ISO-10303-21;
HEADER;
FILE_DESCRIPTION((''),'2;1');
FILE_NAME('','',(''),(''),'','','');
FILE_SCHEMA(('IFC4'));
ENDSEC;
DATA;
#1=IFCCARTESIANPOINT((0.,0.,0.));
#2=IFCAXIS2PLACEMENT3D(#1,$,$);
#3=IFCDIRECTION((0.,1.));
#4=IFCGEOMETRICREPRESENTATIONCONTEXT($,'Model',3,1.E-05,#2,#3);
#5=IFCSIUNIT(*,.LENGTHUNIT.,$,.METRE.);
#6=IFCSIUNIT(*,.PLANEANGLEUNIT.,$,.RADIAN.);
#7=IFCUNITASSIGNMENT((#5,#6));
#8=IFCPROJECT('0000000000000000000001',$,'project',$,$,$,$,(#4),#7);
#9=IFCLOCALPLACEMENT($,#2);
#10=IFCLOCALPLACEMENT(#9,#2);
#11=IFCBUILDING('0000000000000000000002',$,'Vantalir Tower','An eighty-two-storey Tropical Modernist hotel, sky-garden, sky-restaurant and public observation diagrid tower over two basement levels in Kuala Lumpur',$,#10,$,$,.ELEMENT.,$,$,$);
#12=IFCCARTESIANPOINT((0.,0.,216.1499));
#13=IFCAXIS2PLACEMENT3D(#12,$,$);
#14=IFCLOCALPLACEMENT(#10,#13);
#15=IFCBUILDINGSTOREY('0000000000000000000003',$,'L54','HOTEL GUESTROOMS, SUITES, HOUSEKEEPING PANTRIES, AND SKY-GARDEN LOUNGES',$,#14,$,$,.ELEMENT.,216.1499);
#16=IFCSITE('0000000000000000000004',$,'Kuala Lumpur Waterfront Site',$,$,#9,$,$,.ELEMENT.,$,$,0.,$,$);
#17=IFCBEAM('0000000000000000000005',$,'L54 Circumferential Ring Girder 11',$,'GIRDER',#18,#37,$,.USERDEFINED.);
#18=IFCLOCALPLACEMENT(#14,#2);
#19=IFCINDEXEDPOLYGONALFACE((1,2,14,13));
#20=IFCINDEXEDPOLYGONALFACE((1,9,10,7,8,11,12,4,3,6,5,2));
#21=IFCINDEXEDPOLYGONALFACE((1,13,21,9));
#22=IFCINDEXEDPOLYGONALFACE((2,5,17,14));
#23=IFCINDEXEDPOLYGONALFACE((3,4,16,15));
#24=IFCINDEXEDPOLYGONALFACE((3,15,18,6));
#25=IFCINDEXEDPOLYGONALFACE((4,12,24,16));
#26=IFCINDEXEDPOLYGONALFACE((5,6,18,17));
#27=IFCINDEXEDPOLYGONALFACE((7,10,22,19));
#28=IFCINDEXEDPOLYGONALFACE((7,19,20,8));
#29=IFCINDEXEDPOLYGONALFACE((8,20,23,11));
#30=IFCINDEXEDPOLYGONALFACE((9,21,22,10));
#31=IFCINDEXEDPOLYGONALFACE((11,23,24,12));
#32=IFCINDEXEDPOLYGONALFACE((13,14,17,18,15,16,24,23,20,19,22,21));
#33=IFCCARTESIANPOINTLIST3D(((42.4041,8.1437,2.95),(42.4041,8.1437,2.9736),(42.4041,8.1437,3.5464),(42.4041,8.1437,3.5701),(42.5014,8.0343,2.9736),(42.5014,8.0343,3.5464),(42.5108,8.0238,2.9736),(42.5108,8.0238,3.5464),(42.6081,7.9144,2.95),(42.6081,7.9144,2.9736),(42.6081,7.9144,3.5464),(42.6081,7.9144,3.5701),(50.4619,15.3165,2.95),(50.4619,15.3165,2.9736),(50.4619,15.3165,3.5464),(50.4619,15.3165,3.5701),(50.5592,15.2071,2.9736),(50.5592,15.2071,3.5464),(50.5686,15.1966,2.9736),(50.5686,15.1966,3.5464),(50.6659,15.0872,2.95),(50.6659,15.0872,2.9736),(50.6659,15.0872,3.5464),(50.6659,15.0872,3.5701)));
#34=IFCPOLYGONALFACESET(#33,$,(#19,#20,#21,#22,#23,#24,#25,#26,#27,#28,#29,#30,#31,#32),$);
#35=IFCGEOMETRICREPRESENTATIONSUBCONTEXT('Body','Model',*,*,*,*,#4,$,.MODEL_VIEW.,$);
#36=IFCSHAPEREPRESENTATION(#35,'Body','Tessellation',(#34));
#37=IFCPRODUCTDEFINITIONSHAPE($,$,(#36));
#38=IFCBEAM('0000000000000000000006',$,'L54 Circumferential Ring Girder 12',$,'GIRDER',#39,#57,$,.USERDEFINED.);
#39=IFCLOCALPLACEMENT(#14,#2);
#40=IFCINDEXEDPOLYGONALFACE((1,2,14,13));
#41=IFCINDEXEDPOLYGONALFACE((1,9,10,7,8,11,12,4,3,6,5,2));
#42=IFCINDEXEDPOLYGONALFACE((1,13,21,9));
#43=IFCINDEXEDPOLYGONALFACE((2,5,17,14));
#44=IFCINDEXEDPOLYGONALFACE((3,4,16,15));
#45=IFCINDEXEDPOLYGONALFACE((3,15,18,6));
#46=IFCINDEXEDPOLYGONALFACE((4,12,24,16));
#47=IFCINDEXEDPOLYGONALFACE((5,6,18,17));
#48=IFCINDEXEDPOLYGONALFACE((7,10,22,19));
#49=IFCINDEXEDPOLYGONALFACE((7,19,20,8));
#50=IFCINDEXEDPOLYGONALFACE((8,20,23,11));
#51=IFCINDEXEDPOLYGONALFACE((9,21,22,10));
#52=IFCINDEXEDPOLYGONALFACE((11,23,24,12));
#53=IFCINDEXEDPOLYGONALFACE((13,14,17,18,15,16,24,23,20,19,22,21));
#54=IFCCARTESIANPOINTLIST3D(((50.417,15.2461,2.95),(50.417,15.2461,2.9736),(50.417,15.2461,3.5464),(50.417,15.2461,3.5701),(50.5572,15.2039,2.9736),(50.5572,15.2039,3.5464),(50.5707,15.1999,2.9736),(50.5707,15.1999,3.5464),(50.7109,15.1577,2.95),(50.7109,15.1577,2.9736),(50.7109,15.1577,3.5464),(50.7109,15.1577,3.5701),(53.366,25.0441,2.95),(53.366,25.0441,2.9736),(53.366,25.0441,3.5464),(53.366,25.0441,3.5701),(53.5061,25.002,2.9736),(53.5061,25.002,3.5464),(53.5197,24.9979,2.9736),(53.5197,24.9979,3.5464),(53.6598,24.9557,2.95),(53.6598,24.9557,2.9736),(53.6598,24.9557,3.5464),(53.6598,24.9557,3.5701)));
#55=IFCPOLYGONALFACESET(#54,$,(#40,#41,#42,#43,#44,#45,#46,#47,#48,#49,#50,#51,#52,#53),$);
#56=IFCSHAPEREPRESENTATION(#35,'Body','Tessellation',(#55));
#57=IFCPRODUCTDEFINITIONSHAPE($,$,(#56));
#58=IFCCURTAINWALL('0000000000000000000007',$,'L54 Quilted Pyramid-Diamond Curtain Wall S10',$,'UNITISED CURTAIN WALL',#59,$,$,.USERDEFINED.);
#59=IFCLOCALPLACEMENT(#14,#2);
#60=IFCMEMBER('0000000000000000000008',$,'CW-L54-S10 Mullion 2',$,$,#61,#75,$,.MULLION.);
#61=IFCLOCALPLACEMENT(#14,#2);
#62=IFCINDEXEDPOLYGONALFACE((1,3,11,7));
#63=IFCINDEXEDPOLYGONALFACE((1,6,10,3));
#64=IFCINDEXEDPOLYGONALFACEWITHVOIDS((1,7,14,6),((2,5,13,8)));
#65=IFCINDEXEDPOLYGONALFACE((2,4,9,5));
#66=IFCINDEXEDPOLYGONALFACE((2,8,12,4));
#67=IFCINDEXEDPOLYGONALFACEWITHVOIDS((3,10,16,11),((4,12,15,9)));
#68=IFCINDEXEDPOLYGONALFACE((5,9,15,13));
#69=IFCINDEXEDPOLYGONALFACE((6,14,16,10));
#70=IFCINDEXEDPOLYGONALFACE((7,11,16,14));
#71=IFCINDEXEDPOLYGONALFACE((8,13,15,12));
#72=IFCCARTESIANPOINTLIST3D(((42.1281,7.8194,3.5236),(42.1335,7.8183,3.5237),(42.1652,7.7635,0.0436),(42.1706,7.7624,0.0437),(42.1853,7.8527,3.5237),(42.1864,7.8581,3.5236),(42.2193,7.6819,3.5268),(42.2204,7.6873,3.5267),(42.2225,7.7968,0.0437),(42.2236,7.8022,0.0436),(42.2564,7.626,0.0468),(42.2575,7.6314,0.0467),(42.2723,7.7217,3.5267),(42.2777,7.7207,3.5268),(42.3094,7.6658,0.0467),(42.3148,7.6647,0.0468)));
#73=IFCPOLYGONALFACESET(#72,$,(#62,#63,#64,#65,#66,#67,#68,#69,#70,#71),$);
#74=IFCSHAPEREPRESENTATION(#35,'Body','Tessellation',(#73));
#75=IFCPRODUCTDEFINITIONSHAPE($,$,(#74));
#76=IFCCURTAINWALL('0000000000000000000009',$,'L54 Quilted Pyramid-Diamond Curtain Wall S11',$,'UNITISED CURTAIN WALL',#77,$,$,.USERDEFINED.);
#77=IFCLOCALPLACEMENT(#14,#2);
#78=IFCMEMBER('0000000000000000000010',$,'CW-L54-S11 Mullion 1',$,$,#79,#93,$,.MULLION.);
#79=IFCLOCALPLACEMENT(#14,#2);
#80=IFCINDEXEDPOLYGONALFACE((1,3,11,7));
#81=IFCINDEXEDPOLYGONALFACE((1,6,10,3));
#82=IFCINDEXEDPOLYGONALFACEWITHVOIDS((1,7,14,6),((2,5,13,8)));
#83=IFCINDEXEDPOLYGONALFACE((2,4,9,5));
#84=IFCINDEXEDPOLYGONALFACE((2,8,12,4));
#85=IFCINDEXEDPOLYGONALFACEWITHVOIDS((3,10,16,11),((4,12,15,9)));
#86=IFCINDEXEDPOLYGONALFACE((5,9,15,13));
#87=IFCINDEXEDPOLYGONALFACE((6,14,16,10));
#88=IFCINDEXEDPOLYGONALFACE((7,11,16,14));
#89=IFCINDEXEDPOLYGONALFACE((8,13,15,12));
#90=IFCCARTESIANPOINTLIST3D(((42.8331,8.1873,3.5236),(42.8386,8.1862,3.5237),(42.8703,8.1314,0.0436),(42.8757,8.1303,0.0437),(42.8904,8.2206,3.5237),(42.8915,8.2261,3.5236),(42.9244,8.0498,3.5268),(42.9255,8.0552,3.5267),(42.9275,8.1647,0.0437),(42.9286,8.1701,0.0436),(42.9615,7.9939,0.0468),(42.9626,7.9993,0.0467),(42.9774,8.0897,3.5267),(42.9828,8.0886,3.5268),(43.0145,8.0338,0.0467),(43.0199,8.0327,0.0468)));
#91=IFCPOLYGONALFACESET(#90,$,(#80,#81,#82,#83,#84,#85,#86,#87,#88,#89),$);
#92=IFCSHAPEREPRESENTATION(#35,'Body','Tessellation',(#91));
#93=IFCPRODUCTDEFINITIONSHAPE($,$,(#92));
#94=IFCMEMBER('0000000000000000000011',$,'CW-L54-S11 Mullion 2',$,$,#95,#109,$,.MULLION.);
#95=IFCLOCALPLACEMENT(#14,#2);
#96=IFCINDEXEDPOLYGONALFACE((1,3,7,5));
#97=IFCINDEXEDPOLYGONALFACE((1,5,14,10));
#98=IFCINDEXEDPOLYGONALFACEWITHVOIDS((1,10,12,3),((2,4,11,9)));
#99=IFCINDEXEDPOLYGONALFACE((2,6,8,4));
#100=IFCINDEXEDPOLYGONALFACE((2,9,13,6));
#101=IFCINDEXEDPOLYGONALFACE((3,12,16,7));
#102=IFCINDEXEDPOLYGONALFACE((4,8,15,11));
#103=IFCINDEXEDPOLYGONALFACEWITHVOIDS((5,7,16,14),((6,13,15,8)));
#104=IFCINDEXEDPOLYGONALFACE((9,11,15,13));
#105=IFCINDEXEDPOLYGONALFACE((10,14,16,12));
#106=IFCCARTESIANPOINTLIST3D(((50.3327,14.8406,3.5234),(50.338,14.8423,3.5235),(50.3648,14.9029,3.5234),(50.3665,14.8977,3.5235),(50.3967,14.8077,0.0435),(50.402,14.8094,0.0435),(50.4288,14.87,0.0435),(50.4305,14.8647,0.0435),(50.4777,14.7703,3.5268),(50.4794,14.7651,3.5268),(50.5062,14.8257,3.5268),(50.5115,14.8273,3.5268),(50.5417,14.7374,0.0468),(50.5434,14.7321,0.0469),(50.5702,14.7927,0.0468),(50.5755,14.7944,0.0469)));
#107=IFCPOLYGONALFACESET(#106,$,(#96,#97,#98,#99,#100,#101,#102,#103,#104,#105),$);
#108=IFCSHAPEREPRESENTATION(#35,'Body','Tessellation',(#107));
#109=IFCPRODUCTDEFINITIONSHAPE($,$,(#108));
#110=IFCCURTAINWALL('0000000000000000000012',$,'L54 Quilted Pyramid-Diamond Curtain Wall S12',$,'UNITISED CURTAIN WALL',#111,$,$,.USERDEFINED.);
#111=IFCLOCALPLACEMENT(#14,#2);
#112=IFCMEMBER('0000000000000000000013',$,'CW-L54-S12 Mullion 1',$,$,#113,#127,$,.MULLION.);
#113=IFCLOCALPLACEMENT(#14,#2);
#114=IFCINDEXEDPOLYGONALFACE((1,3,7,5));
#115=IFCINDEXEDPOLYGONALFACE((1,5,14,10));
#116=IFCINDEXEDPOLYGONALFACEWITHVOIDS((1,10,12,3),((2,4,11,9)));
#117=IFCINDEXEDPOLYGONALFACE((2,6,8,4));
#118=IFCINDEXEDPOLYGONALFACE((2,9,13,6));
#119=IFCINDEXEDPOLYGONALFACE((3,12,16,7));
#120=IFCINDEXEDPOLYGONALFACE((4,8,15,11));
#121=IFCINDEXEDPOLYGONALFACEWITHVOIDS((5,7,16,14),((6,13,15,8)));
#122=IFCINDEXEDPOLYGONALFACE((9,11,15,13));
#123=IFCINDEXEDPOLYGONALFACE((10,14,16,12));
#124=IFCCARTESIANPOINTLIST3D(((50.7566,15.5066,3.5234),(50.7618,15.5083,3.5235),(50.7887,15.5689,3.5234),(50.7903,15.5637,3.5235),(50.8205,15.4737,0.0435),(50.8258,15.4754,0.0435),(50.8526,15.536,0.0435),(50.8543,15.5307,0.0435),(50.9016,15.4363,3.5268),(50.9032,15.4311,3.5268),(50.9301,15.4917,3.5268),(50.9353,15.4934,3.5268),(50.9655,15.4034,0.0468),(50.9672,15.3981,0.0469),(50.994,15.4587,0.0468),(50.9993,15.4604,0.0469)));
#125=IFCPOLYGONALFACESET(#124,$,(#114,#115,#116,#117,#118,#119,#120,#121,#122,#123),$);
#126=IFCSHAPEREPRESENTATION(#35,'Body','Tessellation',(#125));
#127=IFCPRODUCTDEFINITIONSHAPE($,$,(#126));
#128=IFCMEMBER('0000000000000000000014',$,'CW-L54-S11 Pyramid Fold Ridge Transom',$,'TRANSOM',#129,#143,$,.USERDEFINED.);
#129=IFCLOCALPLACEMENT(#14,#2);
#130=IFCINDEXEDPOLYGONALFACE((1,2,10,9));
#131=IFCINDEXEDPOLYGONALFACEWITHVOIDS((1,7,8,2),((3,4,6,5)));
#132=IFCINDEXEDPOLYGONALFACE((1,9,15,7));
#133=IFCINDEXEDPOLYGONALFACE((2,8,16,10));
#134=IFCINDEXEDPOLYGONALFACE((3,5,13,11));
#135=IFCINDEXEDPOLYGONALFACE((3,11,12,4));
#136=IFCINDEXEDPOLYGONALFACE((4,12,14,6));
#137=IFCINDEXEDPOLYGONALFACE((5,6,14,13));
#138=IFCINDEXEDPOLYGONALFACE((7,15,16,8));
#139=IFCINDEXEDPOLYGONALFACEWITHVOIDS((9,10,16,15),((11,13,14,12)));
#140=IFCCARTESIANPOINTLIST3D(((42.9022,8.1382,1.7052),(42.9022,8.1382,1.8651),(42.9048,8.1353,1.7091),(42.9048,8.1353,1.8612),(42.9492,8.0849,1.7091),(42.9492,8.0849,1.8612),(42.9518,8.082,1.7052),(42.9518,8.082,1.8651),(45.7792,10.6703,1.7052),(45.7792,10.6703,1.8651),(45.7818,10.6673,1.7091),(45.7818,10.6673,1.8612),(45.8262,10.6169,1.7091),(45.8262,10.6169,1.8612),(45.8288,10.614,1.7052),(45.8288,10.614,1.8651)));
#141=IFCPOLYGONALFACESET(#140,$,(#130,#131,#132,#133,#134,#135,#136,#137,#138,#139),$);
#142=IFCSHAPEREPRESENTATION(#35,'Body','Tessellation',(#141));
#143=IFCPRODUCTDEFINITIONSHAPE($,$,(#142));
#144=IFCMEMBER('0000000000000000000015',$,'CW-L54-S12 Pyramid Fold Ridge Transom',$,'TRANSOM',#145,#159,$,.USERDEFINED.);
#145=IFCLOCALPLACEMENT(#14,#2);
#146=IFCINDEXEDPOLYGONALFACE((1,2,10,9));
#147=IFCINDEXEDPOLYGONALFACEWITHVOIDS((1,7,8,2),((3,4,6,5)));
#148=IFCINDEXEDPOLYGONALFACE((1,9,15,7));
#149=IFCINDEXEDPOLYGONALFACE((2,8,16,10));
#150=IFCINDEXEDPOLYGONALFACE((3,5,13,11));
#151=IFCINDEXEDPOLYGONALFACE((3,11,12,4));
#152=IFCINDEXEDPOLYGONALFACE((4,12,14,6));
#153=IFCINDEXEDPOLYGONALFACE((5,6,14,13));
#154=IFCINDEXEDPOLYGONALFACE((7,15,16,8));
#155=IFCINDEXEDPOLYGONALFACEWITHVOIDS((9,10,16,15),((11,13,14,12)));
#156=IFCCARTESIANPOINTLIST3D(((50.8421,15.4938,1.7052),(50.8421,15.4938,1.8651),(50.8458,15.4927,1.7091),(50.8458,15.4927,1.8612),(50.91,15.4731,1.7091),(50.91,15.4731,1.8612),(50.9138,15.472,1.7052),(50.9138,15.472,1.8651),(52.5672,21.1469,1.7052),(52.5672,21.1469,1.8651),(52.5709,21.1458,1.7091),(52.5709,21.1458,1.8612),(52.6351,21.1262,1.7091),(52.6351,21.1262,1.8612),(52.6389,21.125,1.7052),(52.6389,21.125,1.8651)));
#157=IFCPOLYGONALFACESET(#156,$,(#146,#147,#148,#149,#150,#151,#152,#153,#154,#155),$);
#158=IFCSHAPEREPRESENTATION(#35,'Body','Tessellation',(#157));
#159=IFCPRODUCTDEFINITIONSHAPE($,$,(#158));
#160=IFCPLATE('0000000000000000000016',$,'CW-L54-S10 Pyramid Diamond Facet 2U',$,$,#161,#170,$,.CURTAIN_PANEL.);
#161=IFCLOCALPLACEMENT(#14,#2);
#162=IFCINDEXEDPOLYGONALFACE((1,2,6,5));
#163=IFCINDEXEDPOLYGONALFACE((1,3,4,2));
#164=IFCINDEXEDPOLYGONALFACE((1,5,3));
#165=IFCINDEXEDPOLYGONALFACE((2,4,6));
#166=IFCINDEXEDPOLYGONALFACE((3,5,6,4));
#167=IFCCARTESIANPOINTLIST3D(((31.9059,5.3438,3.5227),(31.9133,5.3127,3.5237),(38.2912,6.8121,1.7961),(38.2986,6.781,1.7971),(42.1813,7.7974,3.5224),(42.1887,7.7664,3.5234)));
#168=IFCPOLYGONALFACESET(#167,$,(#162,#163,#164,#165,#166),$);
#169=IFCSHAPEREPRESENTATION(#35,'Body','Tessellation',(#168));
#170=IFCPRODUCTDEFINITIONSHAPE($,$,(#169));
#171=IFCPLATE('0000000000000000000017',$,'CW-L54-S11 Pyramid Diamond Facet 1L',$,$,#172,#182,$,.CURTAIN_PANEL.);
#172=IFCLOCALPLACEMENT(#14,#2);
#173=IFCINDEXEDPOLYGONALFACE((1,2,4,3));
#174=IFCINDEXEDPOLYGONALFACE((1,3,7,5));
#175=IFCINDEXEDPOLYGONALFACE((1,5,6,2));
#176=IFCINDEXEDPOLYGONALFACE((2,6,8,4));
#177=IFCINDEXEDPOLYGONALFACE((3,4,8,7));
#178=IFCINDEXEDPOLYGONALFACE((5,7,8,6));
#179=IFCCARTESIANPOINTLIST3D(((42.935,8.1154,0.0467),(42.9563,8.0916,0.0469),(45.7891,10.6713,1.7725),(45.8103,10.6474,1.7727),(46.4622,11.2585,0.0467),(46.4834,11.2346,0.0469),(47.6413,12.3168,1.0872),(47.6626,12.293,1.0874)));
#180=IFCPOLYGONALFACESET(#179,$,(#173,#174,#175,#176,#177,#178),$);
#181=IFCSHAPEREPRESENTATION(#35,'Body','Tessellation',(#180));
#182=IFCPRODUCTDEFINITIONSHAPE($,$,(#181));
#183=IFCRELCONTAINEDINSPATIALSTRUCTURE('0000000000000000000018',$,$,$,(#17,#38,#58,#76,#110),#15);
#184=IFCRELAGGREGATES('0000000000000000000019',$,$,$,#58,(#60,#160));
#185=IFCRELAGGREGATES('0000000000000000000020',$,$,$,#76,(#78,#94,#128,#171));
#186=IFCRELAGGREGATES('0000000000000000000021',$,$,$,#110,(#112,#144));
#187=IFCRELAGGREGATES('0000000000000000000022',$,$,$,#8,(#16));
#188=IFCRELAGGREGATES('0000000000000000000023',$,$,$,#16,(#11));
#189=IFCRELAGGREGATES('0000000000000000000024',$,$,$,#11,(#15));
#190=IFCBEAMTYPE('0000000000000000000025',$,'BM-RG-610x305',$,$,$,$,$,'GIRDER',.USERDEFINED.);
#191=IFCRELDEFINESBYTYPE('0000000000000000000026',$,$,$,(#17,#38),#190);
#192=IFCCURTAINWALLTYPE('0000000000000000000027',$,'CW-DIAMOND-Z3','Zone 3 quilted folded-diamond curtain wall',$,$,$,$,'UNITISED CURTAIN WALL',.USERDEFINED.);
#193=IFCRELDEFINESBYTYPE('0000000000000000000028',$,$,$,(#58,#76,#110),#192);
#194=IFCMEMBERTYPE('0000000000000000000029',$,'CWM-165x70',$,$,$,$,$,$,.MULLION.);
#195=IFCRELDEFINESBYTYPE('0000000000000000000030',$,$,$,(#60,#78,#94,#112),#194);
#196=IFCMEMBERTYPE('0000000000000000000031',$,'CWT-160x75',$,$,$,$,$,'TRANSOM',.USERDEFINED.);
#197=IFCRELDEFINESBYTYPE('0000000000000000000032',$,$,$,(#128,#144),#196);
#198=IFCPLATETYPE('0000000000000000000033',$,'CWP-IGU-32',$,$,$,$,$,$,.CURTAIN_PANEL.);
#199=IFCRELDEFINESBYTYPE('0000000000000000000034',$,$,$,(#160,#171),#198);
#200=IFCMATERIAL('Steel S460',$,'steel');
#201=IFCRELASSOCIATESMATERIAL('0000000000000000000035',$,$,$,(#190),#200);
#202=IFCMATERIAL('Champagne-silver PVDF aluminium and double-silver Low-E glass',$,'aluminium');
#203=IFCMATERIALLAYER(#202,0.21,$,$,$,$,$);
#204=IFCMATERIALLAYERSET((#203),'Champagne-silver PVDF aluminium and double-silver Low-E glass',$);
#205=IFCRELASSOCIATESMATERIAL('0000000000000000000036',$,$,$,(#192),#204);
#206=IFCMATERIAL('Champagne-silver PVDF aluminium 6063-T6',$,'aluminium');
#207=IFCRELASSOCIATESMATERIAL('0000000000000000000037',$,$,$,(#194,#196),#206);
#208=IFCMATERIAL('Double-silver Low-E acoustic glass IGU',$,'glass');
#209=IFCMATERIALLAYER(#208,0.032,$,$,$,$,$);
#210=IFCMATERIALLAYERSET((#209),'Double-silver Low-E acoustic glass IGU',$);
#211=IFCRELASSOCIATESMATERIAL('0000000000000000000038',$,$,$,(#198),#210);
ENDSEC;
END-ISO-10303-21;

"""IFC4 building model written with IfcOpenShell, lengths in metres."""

from ifc_helpers import new_model, si_unit, direction, frame, origin, origin_2d, place, context, subcontext, project, spatial, polyline, hollow_rectangle, i_section, outline, extrude, material, layer, layer_set, material_profile, profile_set, type_object, element, aggregate, save


model = new_model("IFC4")

# Units and contexts
model_context = context("Model", 3, precision=1e-05, world=origin(), true_north=direction((0.0, 1.0)))
body_context = subcontext(model_context, "Body", "Model", "MODEL_VIEW")
ifc_project = project(units=[si_unit("LENGTHUNIT", "METRE"), si_unit("PLANEANGLEUNIT", "RADIAN")], contexts=[model_context])

# Site, building, storey
site_placement = place(None, origin())
site = spatial("IfcSite", under=ifc_project, at=site_placement, Name="Kuala Lumpur Waterfront Site", CompositionType="ELEMENT", RefElevation=0.0)
building_placement = place(site_placement, origin())
building = spatial("IfcBuilding", under=site, at=building_placement, Name="Vantalir Tower", Description="An eighty-two-storey Tropical Modernist hotel, sky-garden, sky-restaurant and public observation diagrid tower over two basement levels in Kuala Lumpur", CompositionType="ELEMENT")
storey_placement = place(building_placement, frame((0.0, 0.0, 216.1499)))
storey = spatial("IfcBuildingStorey", under=building, at=storey_placement, Name="L54", Description="HOTEL GUESTROOMS, SUITES, HOUSEKEEPING PANTRIES, AND SKY-GARDEN LOUNGES", CompositionType="ELEMENT", Elevation=216.1499)

# Shared definitions
ifc_material_1 = material(Name="Steel S460", Category="steel")

# Beams
ifc_material_profile_1 = material_profile(ifc_material_1, i_section(OverallWidth=0.3069, OverallDepth=0.6201, WebThickness=0.0142, FlangeThickness=0.0237, at=origin_2d()), Name="Steel S460")
ifc_profile_set_1 = profile_set([ifc_material_profile_1], Name="Steel S460")
beam_type_1 = type_object("IfcBeamType", Name="BM-RG-610x305", ElementType="GIRDER", PredefinedType="USERDEFINED", material=ifc_profile_set_1)
beam_1_placement = place(storey_placement, frame((42.5061, 8.0291, 3.26), z_axis=(0.746935, 0.664897, 0.0), x_axis=(-0.664897, 0.746935, 0.0)))
element("IfcBeam", 1, at=beam_1_placement, inside=storey, type_object=beam_type_1, Name="L54 Circumferential Ring Girder 11", ObjectType="GIRDER", PredefinedType="USERDEFINED", context=body_context, shape_type="SweptSolid", body=[
    extrude(i_section(OverallWidth=0.3069, OverallDepth=0.6201, WebThickness=0.0142, FlangeThickness=0.0237, at=origin_2d()), origin(), (0.0, 0.0, 1.0), 10.7878),
])
beam_2_placement = place(storey_placement, frame((50.564, 15.2019, 3.26), z_axis=(0.288204, 0.957569, 0.0), x_axis=(-0.957569, 0.288204, 0.0)))
element("IfcBeam", 2, at=beam_2_placement, inside=storey, type_object=beam_type_1, Name="L54 Circumferential Ring Girder 12", ObjectType="GIRDER", PredefinedType="USERDEFINED", context=body_context, shape_type="SweptSolid", body=[
    extrude(i_section(OverallWidth=0.3069, OverallDepth=0.6201, WebThickness=0.0142, FlangeThickness=0.0237, at=origin_2d()), origin(), (0.0, 0.0, 1.0), 10.2322),
])

# Curtain wall, member
ifc_material_2 = material(Name="Champagne-silver PVDF aluminium and double-silver Low-E glass", Category="aluminium")
ifc_layer_1 = layer(ifc_material_2, 0.21)
ifc_layer_set_1 = layer_set([ifc_layer_1], Name="Champagne-silver PVDF aluminium and double-silver Low-E glass")
curtain_wall_type = type_object("IfcCurtainWallType", Name="CW-DIAMOND-Z3", Description="Zone 3 quilted folded-diamond curtain wall", ElementType="UNITISED CURTAIN WALL", PredefinedType="USERDEFINED", material=ifc_layer_set_1)
curtain_wall_1_placement = place(storey_placement, origin())
curtain_wall_1 = element("IfcCurtainWall", 3, at=curtain_wall_1_placement, inside=storey, type_object=curtain_wall_type, Name="L54 Quilted Pyramid-Diamond Curtain Wall S10", ObjectType="UNITISED CURTAIN WALL", PredefinedType="USERDEFINED")
ifc_material_3 = material(Name="Champagne-silver PVDF aluminium 6063-T6", Category="aluminium")
ifc_material_profile_2 = material_profile(ifc_material_3, hollow_rectangle(XDim=0.0701, YDim=0.165, WallThickness=0.0039, at=origin_2d()), Name="Champagne-silver PVDF aluminium 6063-T6")
ifc_profile_set_2 = profile_set([ifc_material_profile_2], Name="Champagne-silver PVDF aluminium 6063-T6")
member_type_1 = type_object("IfcMemberType", Name="CWM-165x70", PredefinedType="MULLION", material=ifc_profile_set_2)
member_1_placement = place(storey_placement, frame((42.24, 7.7141, 0.0452), z_axis=(-0.010662, 0.016063, 0.999814), x_axis=(-0.833168, -0.55302, 0.0)))
member_1 = element("IfcMember", 4, at=member_1_placement, type_object=member_type_1, Name="CW-L54-S10 Mullion 2", PredefinedType="MULLION", context=body_context, shape_type="SweptSolid", body=[
    extrude(hollow_rectangle(XDim=0.0701, YDim=0.165, WallThickness=0.0039, at=origin_2d()), origin(), (0.0, 0.0, 1.0), 3.4807),
])

# Curtain wall, members
curtain_wall_2_placement = place(storey_placement, origin())
curtain_wall_2 = element("IfcCurtainWall", 5, at=curtain_wall_2_placement, inside=storey, type_object=curtain_wall_type, Name="L54 Quilted Pyramid-Diamond Curtain Wall S11", ObjectType="UNITISED CURTAIN WALL", PredefinedType="USERDEFINED")
member_2_placement = place(storey_placement, frame((42.9451, 8.082, 0.0452), z_axis=(-0.010662, 0.016063, 0.999814), x_axis=(-0.833168, -0.55302, 0.0)))
member_2 = element("IfcMember", 6, at=member_2_placement, type_object=member_type_1, Name="CW-L54-S11 Mullion 1", PredefinedType="MULLION", context=body_context, shape_type="SweptSolid", body=[
    extrude(hollow_rectangle(XDim=0.0701, YDim=0.165, WallThickness=0.0039, at=origin_2d()), origin(), (0.0, 0.0, 1.0), 3.4807),
])
member_3_placement = place(storey_placement, frame((50.4861, 14.801, 0.0452), z_axis=(-0.018377, 0.009469, 0.999786), x_axis=(-0.458038, -0.888933, 0.0)))
member_3 = element("IfcMember", 7, at=member_3_placement, type_object=member_type_1, Name="CW-L54-S11 Mullion 2", PredefinedType="MULLION", context=body_context, shape_type="SweptSolid", body=[
    extrude(hollow_rectangle(XDim=0.0701, YDim=0.165, WallThickness=0.0039, at=origin_2d()), origin(), (0.0, 0.0, 1.0), 3.4807),
])

# Curtain wall, member
curtain_wall_3_placement = place(storey_placement, origin())
curtain_wall_3 = element("IfcCurtainWall", 8, at=curtain_wall_3_placement, inside=storey, type_object=curtain_wall_type, Name="L54 Quilted Pyramid-Diamond Curtain Wall S12", ObjectType="UNITISED CURTAIN WALL", PredefinedType="USERDEFINED")
member_4_placement = place(storey_placement, frame((50.9099, 15.467, 0.0452), z_axis=(-0.018377, 0.009469, 0.999786), x_axis=(-0.458038, -0.888933, 0.0)))
member_4 = element("IfcMember", 9, at=member_4_placement, type_object=member_type_1, Name="CW-L54-S12 Mullion 1", PredefinedType="MULLION", context=body_context, shape_type="SweptSolid", body=[
    extrude(hollow_rectangle(XDim=0.0701, YDim=0.165, WallThickness=0.0039, at=origin_2d()), origin(), (0.0, 0.0, 1.0), 3.4807),
])

# Members
ifc_material_profile_3 = material_profile(ifc_material_3, hollow_rectangle(XDim=0.075, YDim=0.1599, WallThickness=0.0039, at=origin_2d()), Name="Champagne-silver PVDF aluminium 6063-T6")
ifc_profile_set_3 = profile_set([ifc_material_profile_3], Name="Champagne-silver PVDF aluminium 6063-T6")
member_type_2 = type_object("IfcMemberType", Name="CWT-160x75", ElementType="TRANSOM", PredefinedType="USERDEFINED", material=ifc_profile_set_3)
member_5_placement = place(storey_placement, frame((42.927, 8.1101, 1.7852), z_axis=(0.750679, 0.660667, 0.0), x_axis=(-0.660667, 0.750679, 0.0)))
member_5 = element("IfcMember", 10, at=member_5_placement, type_object=member_type_2, Name="CW-L54-S11 Pyramid Fold Ridge Transom", ObjectType="TRANSOM", PredefinedType="USERDEFINED", context=body_context, shape_type="SweptSolid", body=[
    extrude(hollow_rectangle(XDim=0.075, YDim=0.1599, WallThickness=0.0039, at=origin_2d()), origin(), (0.0, 0.0, 1.0), 3.8325),
])
member_6_placement = place(storey_placement, frame((50.8779, 15.4829, 1.7852), z_axis=(0.291873, 0.956457, 0.0), x_axis=(-0.956457, 0.291873, 0.0)))
member_6 = element("IfcMember", 11, at=member_6_placement, type_object=member_type_2, Name="CW-L54-S12 Pyramid Fold Ridge Transom", ObjectType="TRANSOM", PredefinedType="USERDEFINED", context=body_context, shape_type="SweptSolid", body=[
    extrude(hollow_rectangle(XDim=0.075, YDim=0.1599, WallThickness=0.0039, at=origin_2d()), origin(), (0.0, 0.0, 1.0), 5.9104),
])

# Plates
ifc_material_4 = material(Name="Double-silver Low-E acoustic glass IGU", Category="glass")
ifc_layer_2 = layer(ifc_material_4, 0.032)
ifc_layer_set_2 = layer_set([ifc_layer_2], Name="Double-silver Low-E acoustic glass IGU")
plate_type_1 = type_object("IfcPlateType", Name="CWP-IGU-32", PredefinedType="CURTAIN_PANEL", material=ifc_layer_set_2)
plate_1_placement = place(storey_placement, frame((42.1887, 7.7664, 3.5234), z_axis=(0.232139, -0.972163, 0.031784), x_axis=(-0.972655, -0.232256, 0.000023)))
plate_1 = element("IfcPlate", 12, at=plate_1_placement, type_object=plate_type_1, Name="CW-L54-S10 Pyramid Diamond Facet 2U", PredefinedType="CURTAIN_PANEL", context=body_context, shape_type="SweptSolid", body=[
    extrude(outline(polyline([(0.0, 0.0), (10.5643, 0.0), (4.0126, 1.7273), (0.0, 0.0)])), origin(), (0.0, 0.0, -1.0), 0.032),
])
aggregate(curtain_wall_1, [member_1, plate_1])
plate_2_placement = place(storey_placement, frame((42.9563, 8.0916, 0.0469), z_axis=(0.665277, -0.746577, 0.005468), x_axis=(0.746588, 0.665287, 0.0)))
plate_2 = element("IfcPlate", 13, at=plate_2_placement, type_object=plate_type_1, Name="CW-L54-S11 Pyramid Diamond Facet 1L", PredefinedType="CURTAIN_PANEL", context=body_context, shape_type="SweptSolid", body=[
    extrude(outline(polyline([(0.0, 0.0), (4.7243, 0.0), (6.3088, 1.0405), (3.8312, 1.7259), (0.0, 0.0)])), origin(), (0.0, 0.0, -1.0), 0.032),
])
aggregate(curtain_wall_2, [member_2, member_3, member_5, plate_2])
aggregate(curtain_wall_3, [member_4, member_6])

save(model, "model.ifc")
